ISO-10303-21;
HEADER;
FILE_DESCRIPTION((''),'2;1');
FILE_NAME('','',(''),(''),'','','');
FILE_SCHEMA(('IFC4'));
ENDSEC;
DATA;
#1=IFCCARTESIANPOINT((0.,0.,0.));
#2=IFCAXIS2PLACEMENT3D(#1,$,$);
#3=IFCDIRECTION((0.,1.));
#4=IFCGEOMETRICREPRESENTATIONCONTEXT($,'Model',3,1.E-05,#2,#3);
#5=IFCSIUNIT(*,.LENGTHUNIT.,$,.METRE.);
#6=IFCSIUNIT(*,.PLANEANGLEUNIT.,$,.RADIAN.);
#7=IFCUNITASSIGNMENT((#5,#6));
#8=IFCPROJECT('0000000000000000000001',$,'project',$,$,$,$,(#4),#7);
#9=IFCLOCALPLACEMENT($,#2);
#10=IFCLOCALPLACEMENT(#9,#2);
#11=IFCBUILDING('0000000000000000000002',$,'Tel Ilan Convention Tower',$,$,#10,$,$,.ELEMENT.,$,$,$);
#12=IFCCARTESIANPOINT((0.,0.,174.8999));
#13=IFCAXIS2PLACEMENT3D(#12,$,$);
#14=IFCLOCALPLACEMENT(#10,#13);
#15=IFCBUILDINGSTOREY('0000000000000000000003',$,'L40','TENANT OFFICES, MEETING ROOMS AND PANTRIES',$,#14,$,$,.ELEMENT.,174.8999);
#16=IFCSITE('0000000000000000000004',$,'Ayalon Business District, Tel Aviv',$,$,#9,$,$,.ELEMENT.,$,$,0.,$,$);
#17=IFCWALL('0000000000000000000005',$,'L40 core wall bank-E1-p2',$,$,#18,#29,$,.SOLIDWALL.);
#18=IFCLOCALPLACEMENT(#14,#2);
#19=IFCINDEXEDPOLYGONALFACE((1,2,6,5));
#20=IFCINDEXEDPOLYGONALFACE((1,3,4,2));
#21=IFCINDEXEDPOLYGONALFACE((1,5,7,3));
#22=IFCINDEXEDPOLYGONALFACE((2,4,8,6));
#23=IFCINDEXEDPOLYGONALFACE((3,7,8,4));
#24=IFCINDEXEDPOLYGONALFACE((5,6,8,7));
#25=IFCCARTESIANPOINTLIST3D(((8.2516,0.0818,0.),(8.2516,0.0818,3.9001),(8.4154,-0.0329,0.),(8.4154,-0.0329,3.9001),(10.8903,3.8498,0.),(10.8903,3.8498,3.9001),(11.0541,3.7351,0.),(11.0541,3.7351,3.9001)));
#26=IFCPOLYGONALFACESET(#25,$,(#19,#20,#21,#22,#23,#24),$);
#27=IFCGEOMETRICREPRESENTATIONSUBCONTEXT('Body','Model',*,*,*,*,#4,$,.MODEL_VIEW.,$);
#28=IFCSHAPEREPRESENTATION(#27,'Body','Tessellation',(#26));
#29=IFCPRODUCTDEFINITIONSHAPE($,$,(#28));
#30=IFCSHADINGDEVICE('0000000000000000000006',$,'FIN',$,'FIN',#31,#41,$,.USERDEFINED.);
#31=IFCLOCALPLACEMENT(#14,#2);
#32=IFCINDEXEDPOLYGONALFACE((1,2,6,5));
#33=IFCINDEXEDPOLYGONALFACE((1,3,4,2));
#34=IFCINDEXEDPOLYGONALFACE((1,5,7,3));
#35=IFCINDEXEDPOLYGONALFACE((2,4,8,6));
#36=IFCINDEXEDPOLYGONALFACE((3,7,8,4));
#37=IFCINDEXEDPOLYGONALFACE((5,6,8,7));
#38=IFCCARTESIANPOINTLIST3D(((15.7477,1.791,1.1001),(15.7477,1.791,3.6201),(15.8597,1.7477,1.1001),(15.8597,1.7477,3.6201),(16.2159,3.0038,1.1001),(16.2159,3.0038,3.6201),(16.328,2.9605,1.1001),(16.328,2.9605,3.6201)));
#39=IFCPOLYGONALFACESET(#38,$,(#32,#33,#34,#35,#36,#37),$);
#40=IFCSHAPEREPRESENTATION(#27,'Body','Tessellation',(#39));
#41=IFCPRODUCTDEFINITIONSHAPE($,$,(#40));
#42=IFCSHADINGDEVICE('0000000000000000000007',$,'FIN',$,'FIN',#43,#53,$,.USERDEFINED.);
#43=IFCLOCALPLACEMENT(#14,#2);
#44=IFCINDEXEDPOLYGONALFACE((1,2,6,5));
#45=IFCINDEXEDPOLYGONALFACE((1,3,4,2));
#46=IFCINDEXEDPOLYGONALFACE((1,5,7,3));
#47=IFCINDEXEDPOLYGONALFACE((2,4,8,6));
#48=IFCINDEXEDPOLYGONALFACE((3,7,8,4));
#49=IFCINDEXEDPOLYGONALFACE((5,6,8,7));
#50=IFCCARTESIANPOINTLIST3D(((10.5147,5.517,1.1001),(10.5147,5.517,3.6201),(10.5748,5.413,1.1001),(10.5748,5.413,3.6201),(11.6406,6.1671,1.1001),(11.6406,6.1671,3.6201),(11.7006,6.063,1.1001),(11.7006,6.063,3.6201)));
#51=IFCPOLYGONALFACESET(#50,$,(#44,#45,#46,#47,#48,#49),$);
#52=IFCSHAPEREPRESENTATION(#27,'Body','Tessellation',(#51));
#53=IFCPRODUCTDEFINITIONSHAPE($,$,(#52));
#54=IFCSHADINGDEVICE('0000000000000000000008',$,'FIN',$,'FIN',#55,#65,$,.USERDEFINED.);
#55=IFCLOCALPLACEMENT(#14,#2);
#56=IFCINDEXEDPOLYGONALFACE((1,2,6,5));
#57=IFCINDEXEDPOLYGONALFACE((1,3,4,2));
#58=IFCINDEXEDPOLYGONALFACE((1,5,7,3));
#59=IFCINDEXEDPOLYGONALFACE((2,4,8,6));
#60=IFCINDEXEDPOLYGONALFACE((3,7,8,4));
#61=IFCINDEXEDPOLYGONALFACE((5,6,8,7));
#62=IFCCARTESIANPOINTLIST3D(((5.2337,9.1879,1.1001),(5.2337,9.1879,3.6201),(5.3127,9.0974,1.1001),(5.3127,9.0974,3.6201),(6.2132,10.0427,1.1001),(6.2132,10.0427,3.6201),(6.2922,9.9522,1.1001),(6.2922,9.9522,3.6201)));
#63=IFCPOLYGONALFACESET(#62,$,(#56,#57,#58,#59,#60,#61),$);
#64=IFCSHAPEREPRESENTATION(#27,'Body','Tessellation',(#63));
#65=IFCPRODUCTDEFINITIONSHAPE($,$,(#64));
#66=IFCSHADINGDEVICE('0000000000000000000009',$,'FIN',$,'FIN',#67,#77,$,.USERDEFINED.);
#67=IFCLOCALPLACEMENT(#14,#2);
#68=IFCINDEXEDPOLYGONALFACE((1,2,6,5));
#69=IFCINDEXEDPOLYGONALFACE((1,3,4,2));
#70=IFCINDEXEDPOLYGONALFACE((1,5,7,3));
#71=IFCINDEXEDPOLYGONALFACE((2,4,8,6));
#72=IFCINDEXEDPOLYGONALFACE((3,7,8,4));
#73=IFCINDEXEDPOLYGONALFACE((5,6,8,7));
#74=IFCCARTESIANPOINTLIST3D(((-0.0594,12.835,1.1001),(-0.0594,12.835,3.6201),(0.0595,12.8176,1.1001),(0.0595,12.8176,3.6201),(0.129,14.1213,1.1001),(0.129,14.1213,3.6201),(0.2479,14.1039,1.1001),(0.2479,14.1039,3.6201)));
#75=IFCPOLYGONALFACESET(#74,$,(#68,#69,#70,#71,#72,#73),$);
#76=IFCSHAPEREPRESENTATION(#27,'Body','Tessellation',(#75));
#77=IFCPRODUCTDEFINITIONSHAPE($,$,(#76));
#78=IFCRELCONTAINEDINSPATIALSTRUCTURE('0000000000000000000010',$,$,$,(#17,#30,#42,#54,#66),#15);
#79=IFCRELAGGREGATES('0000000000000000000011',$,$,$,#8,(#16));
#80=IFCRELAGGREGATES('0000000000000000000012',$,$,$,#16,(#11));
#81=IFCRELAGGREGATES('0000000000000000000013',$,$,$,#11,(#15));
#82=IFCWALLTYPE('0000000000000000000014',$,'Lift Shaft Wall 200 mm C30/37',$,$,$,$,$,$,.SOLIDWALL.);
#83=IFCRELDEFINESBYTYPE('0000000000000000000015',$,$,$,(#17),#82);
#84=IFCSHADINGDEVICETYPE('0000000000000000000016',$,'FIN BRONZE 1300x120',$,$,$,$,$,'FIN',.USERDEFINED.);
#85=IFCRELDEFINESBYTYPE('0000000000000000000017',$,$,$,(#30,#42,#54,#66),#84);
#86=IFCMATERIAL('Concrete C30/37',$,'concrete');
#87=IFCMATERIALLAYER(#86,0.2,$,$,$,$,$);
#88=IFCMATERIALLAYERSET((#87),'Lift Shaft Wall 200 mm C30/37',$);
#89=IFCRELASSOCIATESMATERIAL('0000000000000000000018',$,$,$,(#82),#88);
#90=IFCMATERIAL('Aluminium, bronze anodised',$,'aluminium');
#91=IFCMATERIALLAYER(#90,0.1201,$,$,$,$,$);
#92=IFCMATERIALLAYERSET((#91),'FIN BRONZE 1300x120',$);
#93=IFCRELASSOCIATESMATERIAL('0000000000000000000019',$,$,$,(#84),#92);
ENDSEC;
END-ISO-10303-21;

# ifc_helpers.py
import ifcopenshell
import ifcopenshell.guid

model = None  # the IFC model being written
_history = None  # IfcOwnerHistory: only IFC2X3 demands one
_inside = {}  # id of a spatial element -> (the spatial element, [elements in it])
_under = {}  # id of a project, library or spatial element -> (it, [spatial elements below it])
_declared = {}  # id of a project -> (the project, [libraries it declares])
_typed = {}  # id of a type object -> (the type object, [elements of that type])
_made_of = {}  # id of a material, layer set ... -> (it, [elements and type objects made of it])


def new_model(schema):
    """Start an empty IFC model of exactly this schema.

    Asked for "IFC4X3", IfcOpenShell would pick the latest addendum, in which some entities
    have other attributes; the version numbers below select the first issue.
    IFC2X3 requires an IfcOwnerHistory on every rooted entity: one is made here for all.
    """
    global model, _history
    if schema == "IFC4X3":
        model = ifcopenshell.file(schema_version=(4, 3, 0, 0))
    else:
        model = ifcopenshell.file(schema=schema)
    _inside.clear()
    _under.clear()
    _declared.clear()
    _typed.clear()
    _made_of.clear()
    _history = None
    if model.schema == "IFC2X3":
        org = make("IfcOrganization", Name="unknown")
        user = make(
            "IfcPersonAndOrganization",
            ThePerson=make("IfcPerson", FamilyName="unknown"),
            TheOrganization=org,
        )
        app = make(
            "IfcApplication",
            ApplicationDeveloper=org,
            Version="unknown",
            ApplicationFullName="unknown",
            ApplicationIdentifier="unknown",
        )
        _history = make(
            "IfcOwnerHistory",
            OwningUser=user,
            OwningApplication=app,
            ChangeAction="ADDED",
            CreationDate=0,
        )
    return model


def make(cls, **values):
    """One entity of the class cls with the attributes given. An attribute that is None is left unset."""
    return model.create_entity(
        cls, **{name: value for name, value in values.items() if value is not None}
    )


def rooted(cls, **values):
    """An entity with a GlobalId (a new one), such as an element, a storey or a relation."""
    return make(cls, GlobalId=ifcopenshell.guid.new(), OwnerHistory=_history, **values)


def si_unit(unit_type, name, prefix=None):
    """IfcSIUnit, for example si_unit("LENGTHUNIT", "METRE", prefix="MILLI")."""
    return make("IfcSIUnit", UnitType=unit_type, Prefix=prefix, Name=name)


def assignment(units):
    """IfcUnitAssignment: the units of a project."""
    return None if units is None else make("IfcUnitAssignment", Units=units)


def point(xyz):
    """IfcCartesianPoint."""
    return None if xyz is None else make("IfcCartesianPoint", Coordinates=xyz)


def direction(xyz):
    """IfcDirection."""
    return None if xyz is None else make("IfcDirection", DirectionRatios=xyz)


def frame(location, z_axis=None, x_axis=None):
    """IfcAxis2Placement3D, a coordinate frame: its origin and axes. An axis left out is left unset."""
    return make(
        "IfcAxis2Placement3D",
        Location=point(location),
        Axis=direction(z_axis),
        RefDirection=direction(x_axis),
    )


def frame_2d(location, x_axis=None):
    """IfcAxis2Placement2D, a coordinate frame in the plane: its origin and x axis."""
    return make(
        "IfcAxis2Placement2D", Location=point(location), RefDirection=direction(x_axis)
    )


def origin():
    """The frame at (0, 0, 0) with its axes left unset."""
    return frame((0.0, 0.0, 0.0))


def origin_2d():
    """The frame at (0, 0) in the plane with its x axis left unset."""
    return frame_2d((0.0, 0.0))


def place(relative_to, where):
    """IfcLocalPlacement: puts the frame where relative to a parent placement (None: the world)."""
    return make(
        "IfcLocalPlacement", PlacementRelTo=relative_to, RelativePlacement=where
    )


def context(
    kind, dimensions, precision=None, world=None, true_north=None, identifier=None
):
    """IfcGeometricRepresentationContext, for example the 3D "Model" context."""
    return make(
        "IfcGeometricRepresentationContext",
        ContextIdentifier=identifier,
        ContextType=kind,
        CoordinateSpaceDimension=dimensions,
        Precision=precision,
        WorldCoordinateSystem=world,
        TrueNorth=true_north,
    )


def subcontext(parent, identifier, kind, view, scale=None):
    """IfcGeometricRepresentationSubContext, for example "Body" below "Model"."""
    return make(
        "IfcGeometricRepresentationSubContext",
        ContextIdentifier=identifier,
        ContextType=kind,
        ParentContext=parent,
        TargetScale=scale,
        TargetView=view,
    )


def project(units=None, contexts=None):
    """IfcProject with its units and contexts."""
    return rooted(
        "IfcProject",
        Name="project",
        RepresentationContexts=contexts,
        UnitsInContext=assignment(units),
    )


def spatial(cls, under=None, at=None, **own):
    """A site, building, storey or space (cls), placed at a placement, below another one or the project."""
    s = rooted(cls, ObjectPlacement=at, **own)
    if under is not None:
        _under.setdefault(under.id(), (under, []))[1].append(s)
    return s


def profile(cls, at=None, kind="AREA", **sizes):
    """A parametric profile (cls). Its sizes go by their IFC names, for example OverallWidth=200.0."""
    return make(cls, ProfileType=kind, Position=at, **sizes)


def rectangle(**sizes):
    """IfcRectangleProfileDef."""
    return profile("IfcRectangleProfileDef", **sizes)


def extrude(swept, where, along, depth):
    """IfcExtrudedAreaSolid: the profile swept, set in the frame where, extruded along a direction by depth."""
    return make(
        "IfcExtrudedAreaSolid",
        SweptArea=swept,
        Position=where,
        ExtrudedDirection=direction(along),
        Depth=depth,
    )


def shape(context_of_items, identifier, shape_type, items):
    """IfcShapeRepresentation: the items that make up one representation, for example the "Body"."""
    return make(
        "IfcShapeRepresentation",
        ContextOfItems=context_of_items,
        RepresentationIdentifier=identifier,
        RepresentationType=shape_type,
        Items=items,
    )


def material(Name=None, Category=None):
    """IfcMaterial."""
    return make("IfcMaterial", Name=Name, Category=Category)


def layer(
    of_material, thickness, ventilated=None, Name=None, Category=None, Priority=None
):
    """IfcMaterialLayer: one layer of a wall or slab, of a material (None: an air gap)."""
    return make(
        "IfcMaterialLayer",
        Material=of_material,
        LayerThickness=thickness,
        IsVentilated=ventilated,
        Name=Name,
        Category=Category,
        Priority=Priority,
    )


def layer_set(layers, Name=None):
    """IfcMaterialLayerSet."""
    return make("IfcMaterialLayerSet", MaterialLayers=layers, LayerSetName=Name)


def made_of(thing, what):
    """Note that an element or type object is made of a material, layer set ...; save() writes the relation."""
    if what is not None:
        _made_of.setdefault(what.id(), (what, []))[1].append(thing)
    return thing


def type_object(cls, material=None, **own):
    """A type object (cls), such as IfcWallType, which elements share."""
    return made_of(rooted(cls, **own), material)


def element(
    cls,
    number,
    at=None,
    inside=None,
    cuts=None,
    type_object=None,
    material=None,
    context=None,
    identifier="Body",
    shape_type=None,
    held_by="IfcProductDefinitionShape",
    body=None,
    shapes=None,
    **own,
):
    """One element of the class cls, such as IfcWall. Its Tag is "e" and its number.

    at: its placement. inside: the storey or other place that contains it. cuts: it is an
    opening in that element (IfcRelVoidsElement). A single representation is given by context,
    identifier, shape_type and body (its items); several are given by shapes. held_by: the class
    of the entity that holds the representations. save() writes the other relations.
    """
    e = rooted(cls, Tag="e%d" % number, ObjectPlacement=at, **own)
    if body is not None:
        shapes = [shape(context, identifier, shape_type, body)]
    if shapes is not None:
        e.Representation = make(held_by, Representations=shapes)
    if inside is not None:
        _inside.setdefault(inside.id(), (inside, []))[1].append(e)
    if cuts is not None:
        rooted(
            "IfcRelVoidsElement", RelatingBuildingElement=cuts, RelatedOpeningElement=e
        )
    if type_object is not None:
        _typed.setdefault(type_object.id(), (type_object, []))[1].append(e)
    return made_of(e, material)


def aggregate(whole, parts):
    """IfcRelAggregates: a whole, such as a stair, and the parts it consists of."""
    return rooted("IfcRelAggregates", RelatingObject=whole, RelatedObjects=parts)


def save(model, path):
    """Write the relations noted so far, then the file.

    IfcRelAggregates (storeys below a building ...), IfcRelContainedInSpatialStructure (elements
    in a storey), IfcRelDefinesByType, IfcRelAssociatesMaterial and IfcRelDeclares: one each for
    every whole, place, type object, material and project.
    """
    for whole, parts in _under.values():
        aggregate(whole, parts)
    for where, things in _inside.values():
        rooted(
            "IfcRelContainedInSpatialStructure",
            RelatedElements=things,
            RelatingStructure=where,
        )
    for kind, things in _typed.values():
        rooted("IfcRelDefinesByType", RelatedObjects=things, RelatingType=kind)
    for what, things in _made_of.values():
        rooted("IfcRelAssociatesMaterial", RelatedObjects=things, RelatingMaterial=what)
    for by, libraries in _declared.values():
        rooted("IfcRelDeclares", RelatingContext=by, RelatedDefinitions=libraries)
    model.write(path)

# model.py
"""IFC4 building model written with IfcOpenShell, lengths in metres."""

from ifc_helpers import new_model, si_unit, direction, frame, frame_2d, origin, origin_2d, place, context, subcontext, project, spatial, rectangle, extrude, material, layer, layer_set, type_object, element, save


model = new_model("IFC4")

# Units and contexts
model_context = context("Model", 3, precision=1e-05, world=origin(), true_north=direction((0.0, 1.0)))
body_context = subcontext(model_context, "Body", "Model", "MODEL_VIEW")
ifc_project = project(units=[si_unit("LENGTHUNIT", "METRE"), si_unit("PLANEANGLEUNIT", "RADIAN")], contexts=[model_context])

# Site, building, storey
site_placement = place(None, origin())
site = spatial("IfcSite", under=ifc_project, at=site_placement, Name="Ayalon Business District, Tel Aviv", CompositionType="ELEMENT", RefElevation=0.0)
building_placement = place(site_placement, origin())
building = spatial("IfcBuilding", under=site, at=building_placement, Name="Tel Ilan Convention Tower", CompositionType="ELEMENT")
storey_placement = place(building_placement, frame((0.0, 0.0, 174.8999)))
storey = spatial("IfcBuildingStorey", under=building, at=storey_placement, Name="L40", Description="TENANT OFFICES, MEETING ROOMS AND PANTRIES", CompositionType="ELEMENT", Elevation=174.8999)

# Wall
ifc_material_1 = material(Name="Concrete C30/37", Category="concrete")
ifc_layer_1 = layer(ifc_material_1, 0.2)
ifc_layer_set_1 = layer_set([ifc_layer_1], Name="Lift Shaft Wall 200 mm C30/37")
wall_type_1 = type_object("IfcWallType", Name="Lift Shaft Wall 200 mm C30/37", PredefinedType="SOLIDWALL", material=ifc_layer_set_1)
wall_1_placement = place(storey_placement, frame((8.3335, 0.0244, 0.0), z_axis=(0.0, 0.0, 1.0), x_axis=(0.573612, 0.819127, 0.0)))
element("IfcWall", 1, at=wall_1_placement, inside=storey, type_object=wall_type_1, Name="L40 core wall bank-E1-p2", PredefinedType="SOLIDWALL", context=body_context, shape_type="SweptSolid", body=[
    extrude(rectangle(XDim=4.6001, YDim=0.2, at=frame_2d((2.3, 0.0))), origin(), (0.0, 0.0, 1.0), 3.9001),
])

# Shading devices
ifc_material_2 = material(Name="Aluminium, bronze anodised", Category="aluminium")
ifc_layer_2 = layer(ifc_material_2, 0.1201)
ifc_layer_set_2 = layer_set([ifc_layer_2], Name="FIN BRONZE 1300x120")
shading_device_type = type_object("IfcShadingDeviceType", Name="FIN BRONZE 1300x120", ElementType="FIN", PredefinedType="USERDEFINED", material=ifc_layer_set_2)
for number, where, z_axis, x_axis, name in (
    (2, (16.0378, 2.3757, 1.1001), (0.0, 0.0, 1.0), (0.360178, 0.932884, 0.0), "FIN"),
    (3, (11.1077, 5.79, 1.1001), (0.0, 0.0, 1.0), (0.866025, 0.5, 0.0), "FIN"),
    (4, (5.7629, 9.5701, 1.1001), (0.0, 0.0, 1.0), (0.753436, 0.657521, 0.0), "FIN"),
    (5, (0.0942, 13.4695, 1.1001), (0.0, 0.0, 1.0), (0.144932, 0.989442, 0.0), "FIN"),
):
    element("IfcShadingDevice", number, at=place(storey_placement, frame(where, z_axis=z_axis, x_axis=x_axis)), inside=storey, type_object=shading_device_type, Name=name, ObjectType="FIN", PredefinedType="USERDEFINED", context=body_context, shape_type="SweptSolid", body=[
        extrude(rectangle(XDim=1.3, YDim=0.1201, at=origin_2d()), origin(), (0.0, 0.0, 1.0), 2.52),
    ])

save(model, "model.ifc")
